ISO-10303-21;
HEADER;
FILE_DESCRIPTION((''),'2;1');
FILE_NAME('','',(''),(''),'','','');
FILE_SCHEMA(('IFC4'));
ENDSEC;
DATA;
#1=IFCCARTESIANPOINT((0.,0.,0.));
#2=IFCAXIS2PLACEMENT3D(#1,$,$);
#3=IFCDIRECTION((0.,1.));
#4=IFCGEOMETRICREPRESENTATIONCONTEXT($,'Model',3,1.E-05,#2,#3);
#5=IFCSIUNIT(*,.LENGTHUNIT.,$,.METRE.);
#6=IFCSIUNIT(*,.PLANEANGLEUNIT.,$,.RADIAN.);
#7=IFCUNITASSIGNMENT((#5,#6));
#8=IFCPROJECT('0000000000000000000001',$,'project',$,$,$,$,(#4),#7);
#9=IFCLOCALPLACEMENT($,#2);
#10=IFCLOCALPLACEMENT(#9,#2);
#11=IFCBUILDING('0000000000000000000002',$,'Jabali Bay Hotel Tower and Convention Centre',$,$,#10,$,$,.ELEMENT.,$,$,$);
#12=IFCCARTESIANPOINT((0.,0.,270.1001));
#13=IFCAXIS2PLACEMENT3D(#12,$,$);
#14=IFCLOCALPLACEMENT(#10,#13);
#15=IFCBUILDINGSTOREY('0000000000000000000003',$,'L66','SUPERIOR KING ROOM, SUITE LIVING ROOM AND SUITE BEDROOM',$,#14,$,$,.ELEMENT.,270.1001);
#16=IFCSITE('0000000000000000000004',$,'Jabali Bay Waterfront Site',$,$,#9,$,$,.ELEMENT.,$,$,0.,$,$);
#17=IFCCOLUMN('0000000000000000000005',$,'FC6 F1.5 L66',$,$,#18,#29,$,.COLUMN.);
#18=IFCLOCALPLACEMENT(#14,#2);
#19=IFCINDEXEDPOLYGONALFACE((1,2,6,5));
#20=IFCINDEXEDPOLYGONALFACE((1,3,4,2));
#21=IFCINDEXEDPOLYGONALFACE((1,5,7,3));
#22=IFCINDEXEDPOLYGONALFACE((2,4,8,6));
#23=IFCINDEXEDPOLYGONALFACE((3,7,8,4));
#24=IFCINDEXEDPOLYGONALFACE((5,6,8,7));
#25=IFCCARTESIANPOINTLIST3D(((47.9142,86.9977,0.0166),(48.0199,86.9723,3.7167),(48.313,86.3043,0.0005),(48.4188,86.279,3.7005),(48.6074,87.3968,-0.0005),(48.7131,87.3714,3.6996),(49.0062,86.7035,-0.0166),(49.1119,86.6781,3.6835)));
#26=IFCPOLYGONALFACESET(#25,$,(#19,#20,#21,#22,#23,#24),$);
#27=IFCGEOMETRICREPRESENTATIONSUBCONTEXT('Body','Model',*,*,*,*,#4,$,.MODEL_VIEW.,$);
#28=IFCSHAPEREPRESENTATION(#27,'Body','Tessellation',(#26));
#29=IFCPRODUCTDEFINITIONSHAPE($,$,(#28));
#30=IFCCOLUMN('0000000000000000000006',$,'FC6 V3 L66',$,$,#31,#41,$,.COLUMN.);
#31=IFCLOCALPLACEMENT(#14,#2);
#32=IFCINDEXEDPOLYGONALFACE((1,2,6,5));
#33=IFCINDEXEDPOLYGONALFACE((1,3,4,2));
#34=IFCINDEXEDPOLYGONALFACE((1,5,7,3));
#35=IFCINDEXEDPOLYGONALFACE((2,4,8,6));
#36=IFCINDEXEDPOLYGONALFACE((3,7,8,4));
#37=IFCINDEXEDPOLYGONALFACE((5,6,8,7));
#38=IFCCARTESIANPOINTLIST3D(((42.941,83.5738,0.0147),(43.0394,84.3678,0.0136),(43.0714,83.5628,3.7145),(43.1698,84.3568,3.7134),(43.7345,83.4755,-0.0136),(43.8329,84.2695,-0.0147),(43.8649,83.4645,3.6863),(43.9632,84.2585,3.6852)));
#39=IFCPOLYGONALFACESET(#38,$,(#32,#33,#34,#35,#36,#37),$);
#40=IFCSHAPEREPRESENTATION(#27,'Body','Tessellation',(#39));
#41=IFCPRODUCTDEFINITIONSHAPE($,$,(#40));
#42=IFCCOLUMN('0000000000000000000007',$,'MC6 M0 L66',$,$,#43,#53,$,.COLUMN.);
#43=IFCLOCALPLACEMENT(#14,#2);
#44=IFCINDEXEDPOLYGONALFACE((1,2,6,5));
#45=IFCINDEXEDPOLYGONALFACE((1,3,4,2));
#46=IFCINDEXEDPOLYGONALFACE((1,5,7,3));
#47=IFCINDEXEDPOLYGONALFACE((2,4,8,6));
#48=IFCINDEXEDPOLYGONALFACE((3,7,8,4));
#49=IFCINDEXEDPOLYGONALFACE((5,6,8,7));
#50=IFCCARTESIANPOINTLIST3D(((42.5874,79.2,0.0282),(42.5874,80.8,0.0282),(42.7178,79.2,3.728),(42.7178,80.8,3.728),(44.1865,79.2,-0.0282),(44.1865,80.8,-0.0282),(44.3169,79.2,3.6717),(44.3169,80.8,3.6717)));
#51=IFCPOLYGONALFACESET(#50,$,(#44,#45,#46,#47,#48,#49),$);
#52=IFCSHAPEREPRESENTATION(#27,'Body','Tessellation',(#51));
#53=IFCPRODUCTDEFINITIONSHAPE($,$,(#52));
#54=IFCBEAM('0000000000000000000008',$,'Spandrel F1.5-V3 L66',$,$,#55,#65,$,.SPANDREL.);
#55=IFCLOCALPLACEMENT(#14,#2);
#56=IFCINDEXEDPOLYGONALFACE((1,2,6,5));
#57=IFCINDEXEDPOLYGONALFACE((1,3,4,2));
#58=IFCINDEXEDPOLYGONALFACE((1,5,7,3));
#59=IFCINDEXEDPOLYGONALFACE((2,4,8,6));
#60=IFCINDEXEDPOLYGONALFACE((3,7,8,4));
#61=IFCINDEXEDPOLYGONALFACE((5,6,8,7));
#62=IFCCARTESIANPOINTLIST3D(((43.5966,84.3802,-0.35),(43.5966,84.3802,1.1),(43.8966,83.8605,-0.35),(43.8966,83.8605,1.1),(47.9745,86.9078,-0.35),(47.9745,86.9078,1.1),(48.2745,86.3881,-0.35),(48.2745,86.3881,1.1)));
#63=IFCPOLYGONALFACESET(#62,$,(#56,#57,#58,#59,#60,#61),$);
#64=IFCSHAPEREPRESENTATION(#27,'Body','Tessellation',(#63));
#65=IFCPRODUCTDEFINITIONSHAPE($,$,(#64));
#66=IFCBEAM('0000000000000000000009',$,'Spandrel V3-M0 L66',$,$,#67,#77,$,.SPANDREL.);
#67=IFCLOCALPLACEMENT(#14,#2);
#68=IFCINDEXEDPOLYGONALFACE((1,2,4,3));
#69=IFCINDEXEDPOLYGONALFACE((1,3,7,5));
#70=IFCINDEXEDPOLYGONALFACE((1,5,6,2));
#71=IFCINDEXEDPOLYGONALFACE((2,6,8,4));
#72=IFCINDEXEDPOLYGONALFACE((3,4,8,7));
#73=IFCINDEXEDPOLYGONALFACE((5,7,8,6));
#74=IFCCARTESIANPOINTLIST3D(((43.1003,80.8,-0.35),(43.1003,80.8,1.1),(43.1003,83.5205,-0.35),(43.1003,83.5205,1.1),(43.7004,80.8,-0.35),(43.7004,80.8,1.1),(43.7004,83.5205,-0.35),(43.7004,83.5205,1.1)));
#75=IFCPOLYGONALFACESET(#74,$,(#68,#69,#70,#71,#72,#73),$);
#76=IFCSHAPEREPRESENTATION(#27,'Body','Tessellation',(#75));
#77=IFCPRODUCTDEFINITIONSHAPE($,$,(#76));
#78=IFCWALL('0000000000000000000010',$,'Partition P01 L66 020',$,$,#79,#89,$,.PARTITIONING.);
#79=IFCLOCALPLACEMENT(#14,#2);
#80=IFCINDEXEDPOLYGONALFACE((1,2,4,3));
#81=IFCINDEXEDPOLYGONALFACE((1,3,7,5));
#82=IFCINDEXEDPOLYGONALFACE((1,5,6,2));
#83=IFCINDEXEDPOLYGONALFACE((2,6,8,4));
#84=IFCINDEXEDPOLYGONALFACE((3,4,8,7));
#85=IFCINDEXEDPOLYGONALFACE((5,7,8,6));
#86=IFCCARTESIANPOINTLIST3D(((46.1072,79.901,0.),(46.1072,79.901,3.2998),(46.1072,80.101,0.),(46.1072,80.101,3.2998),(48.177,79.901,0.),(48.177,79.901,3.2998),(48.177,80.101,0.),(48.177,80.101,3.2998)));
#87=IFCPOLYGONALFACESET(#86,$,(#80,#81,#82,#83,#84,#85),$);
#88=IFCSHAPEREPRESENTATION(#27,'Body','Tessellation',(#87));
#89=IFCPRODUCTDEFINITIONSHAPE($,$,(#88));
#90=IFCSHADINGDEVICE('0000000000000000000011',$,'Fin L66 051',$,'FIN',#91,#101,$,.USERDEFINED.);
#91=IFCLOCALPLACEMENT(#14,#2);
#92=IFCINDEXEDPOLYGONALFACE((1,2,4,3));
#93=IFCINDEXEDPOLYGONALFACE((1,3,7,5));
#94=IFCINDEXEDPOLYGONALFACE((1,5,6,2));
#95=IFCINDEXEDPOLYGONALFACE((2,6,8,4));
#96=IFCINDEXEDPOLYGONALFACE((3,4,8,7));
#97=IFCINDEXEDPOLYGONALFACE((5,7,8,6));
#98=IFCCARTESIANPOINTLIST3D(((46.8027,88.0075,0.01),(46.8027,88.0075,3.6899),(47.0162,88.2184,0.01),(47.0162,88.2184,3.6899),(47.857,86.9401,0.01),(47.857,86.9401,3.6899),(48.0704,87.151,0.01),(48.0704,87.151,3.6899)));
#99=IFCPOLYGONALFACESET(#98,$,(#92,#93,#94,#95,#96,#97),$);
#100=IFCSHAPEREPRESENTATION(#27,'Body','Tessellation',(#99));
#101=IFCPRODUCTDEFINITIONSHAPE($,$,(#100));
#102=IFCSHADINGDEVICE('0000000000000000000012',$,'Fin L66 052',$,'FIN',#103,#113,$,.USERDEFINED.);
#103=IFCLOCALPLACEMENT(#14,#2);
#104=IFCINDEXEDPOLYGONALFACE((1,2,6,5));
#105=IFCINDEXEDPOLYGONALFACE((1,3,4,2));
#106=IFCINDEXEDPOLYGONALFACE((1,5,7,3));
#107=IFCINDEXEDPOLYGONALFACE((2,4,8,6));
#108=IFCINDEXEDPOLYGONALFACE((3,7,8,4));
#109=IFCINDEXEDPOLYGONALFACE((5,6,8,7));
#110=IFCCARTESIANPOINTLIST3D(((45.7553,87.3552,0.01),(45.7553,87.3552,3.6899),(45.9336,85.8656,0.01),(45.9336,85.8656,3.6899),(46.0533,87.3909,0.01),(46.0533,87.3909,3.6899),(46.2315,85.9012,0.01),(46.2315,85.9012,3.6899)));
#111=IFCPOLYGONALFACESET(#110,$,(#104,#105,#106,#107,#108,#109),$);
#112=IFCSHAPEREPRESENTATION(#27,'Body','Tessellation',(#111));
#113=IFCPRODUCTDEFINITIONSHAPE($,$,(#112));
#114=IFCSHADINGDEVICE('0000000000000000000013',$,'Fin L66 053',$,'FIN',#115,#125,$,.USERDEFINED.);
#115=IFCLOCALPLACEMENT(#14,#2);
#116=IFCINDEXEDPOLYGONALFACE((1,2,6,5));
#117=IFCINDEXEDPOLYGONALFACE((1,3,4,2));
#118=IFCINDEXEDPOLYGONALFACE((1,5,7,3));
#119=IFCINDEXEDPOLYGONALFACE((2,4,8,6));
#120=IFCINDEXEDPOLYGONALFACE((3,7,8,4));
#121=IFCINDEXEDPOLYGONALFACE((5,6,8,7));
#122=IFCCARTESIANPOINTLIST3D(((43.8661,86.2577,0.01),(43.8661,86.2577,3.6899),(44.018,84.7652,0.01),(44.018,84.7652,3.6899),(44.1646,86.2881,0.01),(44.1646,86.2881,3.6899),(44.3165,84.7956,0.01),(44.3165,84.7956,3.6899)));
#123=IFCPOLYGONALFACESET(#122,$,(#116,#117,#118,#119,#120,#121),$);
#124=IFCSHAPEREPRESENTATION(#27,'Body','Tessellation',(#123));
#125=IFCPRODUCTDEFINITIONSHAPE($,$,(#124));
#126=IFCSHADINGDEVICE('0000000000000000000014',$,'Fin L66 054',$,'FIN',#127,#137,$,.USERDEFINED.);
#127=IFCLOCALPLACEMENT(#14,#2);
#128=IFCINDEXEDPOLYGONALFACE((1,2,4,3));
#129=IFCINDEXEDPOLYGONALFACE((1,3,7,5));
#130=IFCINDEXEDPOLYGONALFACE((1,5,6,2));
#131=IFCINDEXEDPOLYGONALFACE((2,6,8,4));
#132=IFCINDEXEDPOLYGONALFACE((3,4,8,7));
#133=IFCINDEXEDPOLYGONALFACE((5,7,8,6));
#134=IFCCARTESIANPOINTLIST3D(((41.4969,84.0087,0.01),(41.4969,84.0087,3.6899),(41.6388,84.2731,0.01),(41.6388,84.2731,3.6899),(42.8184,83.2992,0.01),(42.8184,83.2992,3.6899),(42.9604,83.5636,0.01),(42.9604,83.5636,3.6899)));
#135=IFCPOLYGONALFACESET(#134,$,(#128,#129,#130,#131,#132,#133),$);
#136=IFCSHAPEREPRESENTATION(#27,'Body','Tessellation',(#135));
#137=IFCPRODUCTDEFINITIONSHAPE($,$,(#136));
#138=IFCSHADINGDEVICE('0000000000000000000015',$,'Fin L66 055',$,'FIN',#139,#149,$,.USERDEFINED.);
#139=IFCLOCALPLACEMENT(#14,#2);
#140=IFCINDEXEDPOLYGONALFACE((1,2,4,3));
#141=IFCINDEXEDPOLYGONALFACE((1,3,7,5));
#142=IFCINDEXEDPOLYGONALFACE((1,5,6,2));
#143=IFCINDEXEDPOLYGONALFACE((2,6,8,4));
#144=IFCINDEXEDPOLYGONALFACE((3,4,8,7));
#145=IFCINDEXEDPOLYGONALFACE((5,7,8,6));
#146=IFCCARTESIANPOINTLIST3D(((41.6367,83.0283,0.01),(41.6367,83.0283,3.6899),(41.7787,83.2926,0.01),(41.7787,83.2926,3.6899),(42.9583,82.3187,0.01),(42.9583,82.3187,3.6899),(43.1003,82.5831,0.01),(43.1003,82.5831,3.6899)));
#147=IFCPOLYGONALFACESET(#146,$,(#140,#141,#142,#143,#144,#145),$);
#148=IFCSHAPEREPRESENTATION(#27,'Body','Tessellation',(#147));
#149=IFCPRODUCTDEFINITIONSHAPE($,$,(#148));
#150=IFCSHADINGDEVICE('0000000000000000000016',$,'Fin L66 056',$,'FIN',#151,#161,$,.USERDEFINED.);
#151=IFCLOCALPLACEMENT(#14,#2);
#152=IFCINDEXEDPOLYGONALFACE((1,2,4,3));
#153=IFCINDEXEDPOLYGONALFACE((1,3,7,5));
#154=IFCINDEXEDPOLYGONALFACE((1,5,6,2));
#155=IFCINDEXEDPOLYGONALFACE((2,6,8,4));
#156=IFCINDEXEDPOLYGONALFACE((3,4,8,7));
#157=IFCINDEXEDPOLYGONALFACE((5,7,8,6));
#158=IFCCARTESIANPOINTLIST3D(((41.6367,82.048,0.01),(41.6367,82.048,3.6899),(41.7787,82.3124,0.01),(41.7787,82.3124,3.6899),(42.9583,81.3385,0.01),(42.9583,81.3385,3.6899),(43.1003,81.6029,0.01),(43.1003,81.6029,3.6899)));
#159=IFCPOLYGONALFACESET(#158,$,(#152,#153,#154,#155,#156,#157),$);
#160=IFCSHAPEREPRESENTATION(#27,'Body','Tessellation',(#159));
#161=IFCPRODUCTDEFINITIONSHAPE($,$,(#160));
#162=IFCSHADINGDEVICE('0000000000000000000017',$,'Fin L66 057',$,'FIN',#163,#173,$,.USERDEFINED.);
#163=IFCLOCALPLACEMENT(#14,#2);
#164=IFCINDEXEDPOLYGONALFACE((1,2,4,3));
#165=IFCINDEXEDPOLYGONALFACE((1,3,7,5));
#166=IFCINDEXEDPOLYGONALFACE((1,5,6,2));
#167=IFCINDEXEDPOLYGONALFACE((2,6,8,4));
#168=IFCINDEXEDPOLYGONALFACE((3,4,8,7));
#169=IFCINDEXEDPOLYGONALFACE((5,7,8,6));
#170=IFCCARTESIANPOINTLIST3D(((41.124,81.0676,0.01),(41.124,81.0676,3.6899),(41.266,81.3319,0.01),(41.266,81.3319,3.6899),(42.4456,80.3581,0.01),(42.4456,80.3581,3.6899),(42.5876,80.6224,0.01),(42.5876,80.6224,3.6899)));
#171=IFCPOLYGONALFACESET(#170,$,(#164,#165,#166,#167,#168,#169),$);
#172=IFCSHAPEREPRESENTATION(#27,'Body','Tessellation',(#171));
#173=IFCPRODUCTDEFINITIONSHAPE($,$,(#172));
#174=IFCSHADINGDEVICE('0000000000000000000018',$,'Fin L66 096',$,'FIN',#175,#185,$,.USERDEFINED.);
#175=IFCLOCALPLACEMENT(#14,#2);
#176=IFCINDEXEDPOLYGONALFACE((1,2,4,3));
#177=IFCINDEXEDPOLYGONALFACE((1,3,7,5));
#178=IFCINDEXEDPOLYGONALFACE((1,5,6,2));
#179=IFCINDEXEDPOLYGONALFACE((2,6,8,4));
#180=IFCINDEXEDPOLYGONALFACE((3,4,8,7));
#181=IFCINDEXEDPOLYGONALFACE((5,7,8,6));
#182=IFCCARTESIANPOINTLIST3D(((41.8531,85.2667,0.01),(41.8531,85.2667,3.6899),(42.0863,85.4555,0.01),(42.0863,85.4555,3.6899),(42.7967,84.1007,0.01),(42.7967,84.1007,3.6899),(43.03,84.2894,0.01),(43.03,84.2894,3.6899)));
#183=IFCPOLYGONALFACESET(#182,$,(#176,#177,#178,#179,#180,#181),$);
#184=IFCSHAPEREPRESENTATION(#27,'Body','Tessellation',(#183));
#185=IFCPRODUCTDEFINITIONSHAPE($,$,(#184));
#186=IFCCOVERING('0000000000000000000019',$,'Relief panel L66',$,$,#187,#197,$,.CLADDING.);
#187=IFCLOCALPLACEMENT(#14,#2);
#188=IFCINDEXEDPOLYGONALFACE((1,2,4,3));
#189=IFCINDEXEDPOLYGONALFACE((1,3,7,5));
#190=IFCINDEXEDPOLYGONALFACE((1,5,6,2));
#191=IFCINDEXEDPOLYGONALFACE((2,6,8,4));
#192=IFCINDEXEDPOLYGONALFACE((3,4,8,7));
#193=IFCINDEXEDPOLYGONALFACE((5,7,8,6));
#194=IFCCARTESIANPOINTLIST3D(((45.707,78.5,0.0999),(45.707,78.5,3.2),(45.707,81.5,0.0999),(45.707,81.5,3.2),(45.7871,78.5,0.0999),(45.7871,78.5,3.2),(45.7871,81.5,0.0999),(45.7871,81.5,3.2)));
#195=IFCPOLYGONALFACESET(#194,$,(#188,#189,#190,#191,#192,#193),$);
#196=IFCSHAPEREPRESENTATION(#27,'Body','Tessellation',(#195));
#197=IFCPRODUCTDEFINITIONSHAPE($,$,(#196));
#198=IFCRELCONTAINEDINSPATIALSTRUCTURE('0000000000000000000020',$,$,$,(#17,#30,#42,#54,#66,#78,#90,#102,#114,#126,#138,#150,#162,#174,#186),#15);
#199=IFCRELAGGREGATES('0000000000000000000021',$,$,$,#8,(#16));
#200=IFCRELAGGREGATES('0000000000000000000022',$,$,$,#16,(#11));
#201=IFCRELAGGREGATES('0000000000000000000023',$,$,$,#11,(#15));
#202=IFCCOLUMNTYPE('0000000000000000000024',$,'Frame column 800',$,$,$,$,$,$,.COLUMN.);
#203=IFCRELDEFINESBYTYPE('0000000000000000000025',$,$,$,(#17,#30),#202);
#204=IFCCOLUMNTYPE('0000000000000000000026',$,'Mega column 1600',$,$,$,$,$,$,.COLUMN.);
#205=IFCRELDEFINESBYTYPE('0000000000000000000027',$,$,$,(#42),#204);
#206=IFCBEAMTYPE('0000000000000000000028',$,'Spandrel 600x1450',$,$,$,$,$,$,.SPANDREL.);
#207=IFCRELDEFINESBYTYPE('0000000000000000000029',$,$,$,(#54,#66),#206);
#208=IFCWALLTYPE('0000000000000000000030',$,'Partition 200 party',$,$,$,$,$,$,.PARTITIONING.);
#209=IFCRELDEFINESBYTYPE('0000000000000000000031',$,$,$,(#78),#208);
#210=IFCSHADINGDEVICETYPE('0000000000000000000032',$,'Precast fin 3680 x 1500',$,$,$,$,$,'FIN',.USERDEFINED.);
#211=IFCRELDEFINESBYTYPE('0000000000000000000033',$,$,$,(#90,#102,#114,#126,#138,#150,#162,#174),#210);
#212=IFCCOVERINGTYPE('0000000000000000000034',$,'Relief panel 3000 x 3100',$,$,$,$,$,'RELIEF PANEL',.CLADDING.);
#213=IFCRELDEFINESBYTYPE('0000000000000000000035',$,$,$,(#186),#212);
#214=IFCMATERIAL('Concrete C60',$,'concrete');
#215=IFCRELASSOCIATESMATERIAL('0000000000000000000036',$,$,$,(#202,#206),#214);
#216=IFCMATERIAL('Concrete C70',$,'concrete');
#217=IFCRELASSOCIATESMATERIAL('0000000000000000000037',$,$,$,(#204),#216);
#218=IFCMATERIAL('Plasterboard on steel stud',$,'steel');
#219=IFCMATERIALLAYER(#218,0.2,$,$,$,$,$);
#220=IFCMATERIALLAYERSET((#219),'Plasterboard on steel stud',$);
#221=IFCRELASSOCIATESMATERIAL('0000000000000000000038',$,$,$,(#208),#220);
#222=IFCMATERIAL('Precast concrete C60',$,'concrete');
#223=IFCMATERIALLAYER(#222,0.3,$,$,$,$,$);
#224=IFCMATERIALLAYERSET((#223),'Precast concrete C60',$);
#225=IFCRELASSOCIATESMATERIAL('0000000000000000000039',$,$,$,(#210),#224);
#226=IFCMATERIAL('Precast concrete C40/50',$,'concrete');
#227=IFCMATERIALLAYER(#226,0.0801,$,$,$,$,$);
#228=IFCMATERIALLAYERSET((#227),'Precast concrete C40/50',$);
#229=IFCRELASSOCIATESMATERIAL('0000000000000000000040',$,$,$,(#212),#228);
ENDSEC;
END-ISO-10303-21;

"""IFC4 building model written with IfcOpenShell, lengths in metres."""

from ifc_helpers import new_model, si_unit, direction, frame, frame_2d, origin, origin_2d, place, context, subcontext, project, spatial, rectangle, extrude, material, layer, layer_set, material_profile, profile_set, type_object, element, save


model = new_model("IFC4")

# Units and contexts
model_context = context("Model", 3, precision=1e-05, world=origin(), true_north=direction((0.0, 1.0)))
body_context = subcontext(model_context, "Body", "Model", "MODEL_VIEW")
ifc_project = project(units=[si_unit("LENGTHUNIT", "METRE"), si_unit("PLANEANGLEUNIT", "RADIAN")], contexts=[model_context])

# Site, building, storey
site_placement = place(None, origin())
site = spatial("IfcSite", under=ifc_project, at=site_placement, Name="Jabali Bay Waterfront Site", CompositionType="ELEMENT", RefElevation=0.0)
building_placement = place(site_placement, origin())
building = spatial("IfcBuilding", under=site, at=building_placement, Name="Jabali Bay Hotel Tower and Convention Centre", CompositionType="ELEMENT")
storey_placement = place(building_placement, frame((0.0, 0.0, 270.1001)))
storey = spatial("IfcBuildingStorey", under=building, at=storey_placement, Name="L66", Description="SUPERIOR KING ROOM, SUITE LIVING ROOM AND SUITE BEDROOM", CompositionType="ELEMENT", Elevation=270.1001)

# Columns
ifc_material_1 = material(Name="Concrete C60", Category="concrete")
ifc_material_profile_1 = material_profile(ifc_material_1, rectangle(XDim=0.8, YDim=0.8, at=origin_2d()), Name="Frame column 800")
ifc_profile_set_1 = profile_set([ifc_material_profile_1], Name="Concrete C60")
column_type_1 = type_object("IfcColumnType", Name="Frame column 800", PredefinedType="COLUMN", material=ifc_profile_set_1)
column_1_placement = place(storey_placement, frame((48.4602, 86.8506, 0.0), z_axis=(0.028559, -0.006859, 0.999569), x_axis=(-0.498513, 0.866647, 0.020191)))
element("IfcColumn", 1, at=column_1_placement, inside=storey, type_object=column_type_1, Name="FC6 F1.5 L66", PredefinedType="COLUMN", context=body_context, shape_type="SweptSolid", body=[
    extrude(rectangle(XDim=0.8, YDim=0.8, at=origin_2d()), origin(), (0.0, 0.0, 1.0), 3.7017),
])
column_2_placement = place(storey_placement, frame((43.387, 83.9216, 0.0), z_axis=(0.035214, -0.002967, 0.999375), x_axis=(-0.991791, 0.122899, 0.035312)))
element("IfcColumn", 2, at=column_2_placement, inside=storey, type_object=column_type_1, Name="FC6 V3 L66", PredefinedType="COLUMN", context=body_context, shape_type="SweptSolid", body=[
    extrude(rectangle(XDim=0.8, YDim=0.8, at=origin_2d()), origin(), (0.0, 0.0, 1.0), 3.7021),
])
ifc_material_2 = material(Name="Concrete C70", Category="concrete")
ifc_material_profile_2 = material_profile(ifc_material_2, rectangle(XDim=1.6001, YDim=1.6001, at=origin_2d()), Name="Mega column 1600")
ifc_profile_set_2 = profile_set([ifc_material_profile_2], Name="Concrete C70")
column_type_2 = type_object("IfcColumnType", Name="Mega column 1600", PredefinedType="COLUMN", material=ifc_profile_set_2)
column_3_placement = place(storey_placement, frame((43.387, 80.0, 0.0), z_axis=(0.035214, 0.0, 0.99938), x_axis=(0.0, 1.0, 0.0)))
element("IfcColumn", 3, at=column_3_placement, inside=storey, type_object=column_type_2, Name="MC6 M0 L66", PredefinedType="COLUMN", context=body_context, shape_type="SweptSolid", body=[
    extrude(rectangle(XDim=1.6001, YDim=1.6001, at=origin_2d()), origin(), (0.0, 0.0, 1.0), 3.7021),
])

# Beams
ifc_material_profile_3 = material_profile(ifc_material_1, rectangle(XDim=0.6001, YDim=1.45, at=origin_2d()), Name="Spandrel 600x1450")
ifc_profile_set_3 = profile_set([ifc_material_profile_3], Name="Concrete C60")
beam_type = type_object("IfcBeamType", Name="Spandrel 600x1450", PredefinedType="SPANDREL", material=ifc_profile_set_3)
beam_1_placement = place(storey_placement, frame((48.1245, 86.6479, 0.375), z_axis=(-0.866026, -0.499998, 0.0), x_axis=(0.499998, -0.866026, 0.0)))
element("IfcBeam", 4, at=beam_1_placement, inside=storey, type_object=beam_type, Name="Spandrel F1.5-V3 L66", PredefinedType="SPANDREL", context=body_context, shape_type="SweptSolid", body=[
    extrude(rectangle(XDim=0.6001, YDim=1.45, at=origin_2d()), origin(), (0.0, 0.0, 1.0), 5.0552),
])
beam_2_placement = place(storey_placement, frame((43.4004, 83.5205, 0.375), z_axis=(0.0, -1.0, 0.0), x_axis=(1.0, 0.0, 0.0)))
element("IfcBeam", 5, at=beam_2_placement, inside=storey, type_object=beam_type, Name="Spandrel V3-M0 L66", PredefinedType="SPANDREL", context=body_context, shape_type="SweptSolid", body=[
    extrude(rectangle(XDim=0.6001, YDim=1.45, at=origin_2d()), origin(), (0.0, 0.0, 1.0), 2.7205),
])

# Wall
ifc_material_3 = material(Name="Plasterboard on steel stud", Category="steel")
ifc_layer_1 = layer(ifc_material_3, 0.2)
ifc_layer_set_1 = layer_set([ifc_layer_1], Name="Plasterboard on steel stud")
wall_type_1 = type_object("IfcWallType", Name="Partition 200 party", PredefinedType="PARTITIONING", material=ifc_layer_set_1)
wall_1_placement = place(storey_placement, frame((46.1072, 80.001, 0.0), z_axis=(0.0, 0.0, 1.0), x_axis=(1.0, 0.0, 0.0)))
element("IfcWall", 6, at=wall_1_placement, inside=storey, type_object=wall_type_1, Name="Partition P01 L66 020", PredefinedType="PARTITIONING", context=body_context, shape_type="SweptSolid", body=[
    extrude(rectangle(XDim=2.0698, YDim=0.2, at=frame_2d((1.0349, 0.0))), origin(), (0.0, 0.0, 1.0), 3.2998),
])

# Shading devices
ifc_material_4 = material(Name="Precast concrete C60", Category="concrete")
ifc_layer_2 = layer(ifc_material_4, 0.3)
ifc_layer_set_2 = layer_set([ifc_layer_2], Name="Precast concrete C60")
shading_device_type = type_object("IfcShadingDeviceType", Name="Precast fin 3680 x 1500", ElementType="FIN", PredefinedType="USERDEFINED", material=ifc_layer_set_2)
for number, where, z_axis, x_axis, name in (
    (7, (47.9636, 87.0457, 0.01), (0.0, 0.0, 1.0), (-0.702699, 0.711487, 0.0), "Fin L66 051"),
    (8, (46.0825, 85.8835, 0.01), (0.0, 0.0, 1.0), (-0.118805, 0.992918, 0.0), "Fin L66 052"),
    (9, (44.1672, 84.7805, 0.01), (0.0, 0.0, 1.0), (-0.101228, 0.994863, 0.0), "Fin L66 053"),
):
    element("IfcShadingDevice", number, at=place(storey_placement, frame(where, z_axis=z_axis, x_axis=x_axis)), inside=storey, type_object=shading_device_type, Name=name, ObjectType="FIN", PredefinedType="USERDEFINED", context=body_context, shape_type="SweptSolid", body=[
        extrude(rectangle(XDim=1.5002, YDim=0.3, at=frame_2d((0.75, 0.0))), origin(), (0.0, 0.0, 1.0), 3.6799),
    ])
for number, where, z_axis, x_axis, name in (
    (10, (42.8894, 83.4314, 0.01), (0.0, 0.0, 1.0), (-0.881061, 0.473003, 0.0), "Fin L66 054"),
    (11, (43.0293, 82.4509, 0.01), (0.0, 0.0, 1.0), (-0.881061, 0.473003, 0.0), "Fin L66 055"),
    (12, (43.0293, 81.4707, 0.01), (0.0, 0.0, 1.0), (-0.881061, 0.473003, 0.0), "Fin L66 056"),
    (13, (42.5166, 80.4902, 0.01), (0.0, 0.0, 1.0), (-0.881061, 0.473003, 0.0), "Fin L66 057"),
    (14, (42.9133, 84.1951, 0.01), (0.0, 0.0, 1.0), (-0.629072, 0.777347, 0.0), "Fin L66 096"),
):
    element("IfcShadingDevice", number, at=place(storey_placement, frame(where, z_axis=z_axis, x_axis=x_axis)), inside=storey, type_object=shading_device_type, Name=name, ObjectType="FIN", PredefinedType="USERDEFINED", context=body_context, shape_type="SweptSolid", body=[
        extrude(rectangle(XDim=1.5, YDim=0.3, at=frame_2d((0.75, 0.0))), origin(), (0.0, 0.0, 1.0), 3.6799),
    ])

# Covering
ifc_material_5 = material(Name="Precast concrete C40/50", Category="concrete")
ifc_layer_3 = layer(ifc_material_5, 0.0801)
ifc_layer_set_3 = layer_set([ifc_layer_3], Name="Precast concrete C40/50")
covering_type = type_object("IfcCoveringType", Name="Relief panel 3000 x 3100", ElementType="RELIEF PANEL", PredefinedType="CLADDING", material=ifc_layer_set_3)
covering_placement = place(storey_placement, frame((45.7471, 80.0, 0.0999), z_axis=(0.0, 0.0, 1.0), x_axis=(0.0, 1.0, 0.0)))
element("IfcCovering", 15, at=covering_placement, inside=storey, type_object=covering_type, Name="Relief panel L66", PredefinedType="CLADDING", context=body_context, shape_type="SweptSolid", body=[
    extrude(rectangle(XDim=3.0, YDim=0.0801, at=origin_2d()), origin(), (0.0, 0.0, 1.0), 3.1001),
])

save(model, "model.ifc")
